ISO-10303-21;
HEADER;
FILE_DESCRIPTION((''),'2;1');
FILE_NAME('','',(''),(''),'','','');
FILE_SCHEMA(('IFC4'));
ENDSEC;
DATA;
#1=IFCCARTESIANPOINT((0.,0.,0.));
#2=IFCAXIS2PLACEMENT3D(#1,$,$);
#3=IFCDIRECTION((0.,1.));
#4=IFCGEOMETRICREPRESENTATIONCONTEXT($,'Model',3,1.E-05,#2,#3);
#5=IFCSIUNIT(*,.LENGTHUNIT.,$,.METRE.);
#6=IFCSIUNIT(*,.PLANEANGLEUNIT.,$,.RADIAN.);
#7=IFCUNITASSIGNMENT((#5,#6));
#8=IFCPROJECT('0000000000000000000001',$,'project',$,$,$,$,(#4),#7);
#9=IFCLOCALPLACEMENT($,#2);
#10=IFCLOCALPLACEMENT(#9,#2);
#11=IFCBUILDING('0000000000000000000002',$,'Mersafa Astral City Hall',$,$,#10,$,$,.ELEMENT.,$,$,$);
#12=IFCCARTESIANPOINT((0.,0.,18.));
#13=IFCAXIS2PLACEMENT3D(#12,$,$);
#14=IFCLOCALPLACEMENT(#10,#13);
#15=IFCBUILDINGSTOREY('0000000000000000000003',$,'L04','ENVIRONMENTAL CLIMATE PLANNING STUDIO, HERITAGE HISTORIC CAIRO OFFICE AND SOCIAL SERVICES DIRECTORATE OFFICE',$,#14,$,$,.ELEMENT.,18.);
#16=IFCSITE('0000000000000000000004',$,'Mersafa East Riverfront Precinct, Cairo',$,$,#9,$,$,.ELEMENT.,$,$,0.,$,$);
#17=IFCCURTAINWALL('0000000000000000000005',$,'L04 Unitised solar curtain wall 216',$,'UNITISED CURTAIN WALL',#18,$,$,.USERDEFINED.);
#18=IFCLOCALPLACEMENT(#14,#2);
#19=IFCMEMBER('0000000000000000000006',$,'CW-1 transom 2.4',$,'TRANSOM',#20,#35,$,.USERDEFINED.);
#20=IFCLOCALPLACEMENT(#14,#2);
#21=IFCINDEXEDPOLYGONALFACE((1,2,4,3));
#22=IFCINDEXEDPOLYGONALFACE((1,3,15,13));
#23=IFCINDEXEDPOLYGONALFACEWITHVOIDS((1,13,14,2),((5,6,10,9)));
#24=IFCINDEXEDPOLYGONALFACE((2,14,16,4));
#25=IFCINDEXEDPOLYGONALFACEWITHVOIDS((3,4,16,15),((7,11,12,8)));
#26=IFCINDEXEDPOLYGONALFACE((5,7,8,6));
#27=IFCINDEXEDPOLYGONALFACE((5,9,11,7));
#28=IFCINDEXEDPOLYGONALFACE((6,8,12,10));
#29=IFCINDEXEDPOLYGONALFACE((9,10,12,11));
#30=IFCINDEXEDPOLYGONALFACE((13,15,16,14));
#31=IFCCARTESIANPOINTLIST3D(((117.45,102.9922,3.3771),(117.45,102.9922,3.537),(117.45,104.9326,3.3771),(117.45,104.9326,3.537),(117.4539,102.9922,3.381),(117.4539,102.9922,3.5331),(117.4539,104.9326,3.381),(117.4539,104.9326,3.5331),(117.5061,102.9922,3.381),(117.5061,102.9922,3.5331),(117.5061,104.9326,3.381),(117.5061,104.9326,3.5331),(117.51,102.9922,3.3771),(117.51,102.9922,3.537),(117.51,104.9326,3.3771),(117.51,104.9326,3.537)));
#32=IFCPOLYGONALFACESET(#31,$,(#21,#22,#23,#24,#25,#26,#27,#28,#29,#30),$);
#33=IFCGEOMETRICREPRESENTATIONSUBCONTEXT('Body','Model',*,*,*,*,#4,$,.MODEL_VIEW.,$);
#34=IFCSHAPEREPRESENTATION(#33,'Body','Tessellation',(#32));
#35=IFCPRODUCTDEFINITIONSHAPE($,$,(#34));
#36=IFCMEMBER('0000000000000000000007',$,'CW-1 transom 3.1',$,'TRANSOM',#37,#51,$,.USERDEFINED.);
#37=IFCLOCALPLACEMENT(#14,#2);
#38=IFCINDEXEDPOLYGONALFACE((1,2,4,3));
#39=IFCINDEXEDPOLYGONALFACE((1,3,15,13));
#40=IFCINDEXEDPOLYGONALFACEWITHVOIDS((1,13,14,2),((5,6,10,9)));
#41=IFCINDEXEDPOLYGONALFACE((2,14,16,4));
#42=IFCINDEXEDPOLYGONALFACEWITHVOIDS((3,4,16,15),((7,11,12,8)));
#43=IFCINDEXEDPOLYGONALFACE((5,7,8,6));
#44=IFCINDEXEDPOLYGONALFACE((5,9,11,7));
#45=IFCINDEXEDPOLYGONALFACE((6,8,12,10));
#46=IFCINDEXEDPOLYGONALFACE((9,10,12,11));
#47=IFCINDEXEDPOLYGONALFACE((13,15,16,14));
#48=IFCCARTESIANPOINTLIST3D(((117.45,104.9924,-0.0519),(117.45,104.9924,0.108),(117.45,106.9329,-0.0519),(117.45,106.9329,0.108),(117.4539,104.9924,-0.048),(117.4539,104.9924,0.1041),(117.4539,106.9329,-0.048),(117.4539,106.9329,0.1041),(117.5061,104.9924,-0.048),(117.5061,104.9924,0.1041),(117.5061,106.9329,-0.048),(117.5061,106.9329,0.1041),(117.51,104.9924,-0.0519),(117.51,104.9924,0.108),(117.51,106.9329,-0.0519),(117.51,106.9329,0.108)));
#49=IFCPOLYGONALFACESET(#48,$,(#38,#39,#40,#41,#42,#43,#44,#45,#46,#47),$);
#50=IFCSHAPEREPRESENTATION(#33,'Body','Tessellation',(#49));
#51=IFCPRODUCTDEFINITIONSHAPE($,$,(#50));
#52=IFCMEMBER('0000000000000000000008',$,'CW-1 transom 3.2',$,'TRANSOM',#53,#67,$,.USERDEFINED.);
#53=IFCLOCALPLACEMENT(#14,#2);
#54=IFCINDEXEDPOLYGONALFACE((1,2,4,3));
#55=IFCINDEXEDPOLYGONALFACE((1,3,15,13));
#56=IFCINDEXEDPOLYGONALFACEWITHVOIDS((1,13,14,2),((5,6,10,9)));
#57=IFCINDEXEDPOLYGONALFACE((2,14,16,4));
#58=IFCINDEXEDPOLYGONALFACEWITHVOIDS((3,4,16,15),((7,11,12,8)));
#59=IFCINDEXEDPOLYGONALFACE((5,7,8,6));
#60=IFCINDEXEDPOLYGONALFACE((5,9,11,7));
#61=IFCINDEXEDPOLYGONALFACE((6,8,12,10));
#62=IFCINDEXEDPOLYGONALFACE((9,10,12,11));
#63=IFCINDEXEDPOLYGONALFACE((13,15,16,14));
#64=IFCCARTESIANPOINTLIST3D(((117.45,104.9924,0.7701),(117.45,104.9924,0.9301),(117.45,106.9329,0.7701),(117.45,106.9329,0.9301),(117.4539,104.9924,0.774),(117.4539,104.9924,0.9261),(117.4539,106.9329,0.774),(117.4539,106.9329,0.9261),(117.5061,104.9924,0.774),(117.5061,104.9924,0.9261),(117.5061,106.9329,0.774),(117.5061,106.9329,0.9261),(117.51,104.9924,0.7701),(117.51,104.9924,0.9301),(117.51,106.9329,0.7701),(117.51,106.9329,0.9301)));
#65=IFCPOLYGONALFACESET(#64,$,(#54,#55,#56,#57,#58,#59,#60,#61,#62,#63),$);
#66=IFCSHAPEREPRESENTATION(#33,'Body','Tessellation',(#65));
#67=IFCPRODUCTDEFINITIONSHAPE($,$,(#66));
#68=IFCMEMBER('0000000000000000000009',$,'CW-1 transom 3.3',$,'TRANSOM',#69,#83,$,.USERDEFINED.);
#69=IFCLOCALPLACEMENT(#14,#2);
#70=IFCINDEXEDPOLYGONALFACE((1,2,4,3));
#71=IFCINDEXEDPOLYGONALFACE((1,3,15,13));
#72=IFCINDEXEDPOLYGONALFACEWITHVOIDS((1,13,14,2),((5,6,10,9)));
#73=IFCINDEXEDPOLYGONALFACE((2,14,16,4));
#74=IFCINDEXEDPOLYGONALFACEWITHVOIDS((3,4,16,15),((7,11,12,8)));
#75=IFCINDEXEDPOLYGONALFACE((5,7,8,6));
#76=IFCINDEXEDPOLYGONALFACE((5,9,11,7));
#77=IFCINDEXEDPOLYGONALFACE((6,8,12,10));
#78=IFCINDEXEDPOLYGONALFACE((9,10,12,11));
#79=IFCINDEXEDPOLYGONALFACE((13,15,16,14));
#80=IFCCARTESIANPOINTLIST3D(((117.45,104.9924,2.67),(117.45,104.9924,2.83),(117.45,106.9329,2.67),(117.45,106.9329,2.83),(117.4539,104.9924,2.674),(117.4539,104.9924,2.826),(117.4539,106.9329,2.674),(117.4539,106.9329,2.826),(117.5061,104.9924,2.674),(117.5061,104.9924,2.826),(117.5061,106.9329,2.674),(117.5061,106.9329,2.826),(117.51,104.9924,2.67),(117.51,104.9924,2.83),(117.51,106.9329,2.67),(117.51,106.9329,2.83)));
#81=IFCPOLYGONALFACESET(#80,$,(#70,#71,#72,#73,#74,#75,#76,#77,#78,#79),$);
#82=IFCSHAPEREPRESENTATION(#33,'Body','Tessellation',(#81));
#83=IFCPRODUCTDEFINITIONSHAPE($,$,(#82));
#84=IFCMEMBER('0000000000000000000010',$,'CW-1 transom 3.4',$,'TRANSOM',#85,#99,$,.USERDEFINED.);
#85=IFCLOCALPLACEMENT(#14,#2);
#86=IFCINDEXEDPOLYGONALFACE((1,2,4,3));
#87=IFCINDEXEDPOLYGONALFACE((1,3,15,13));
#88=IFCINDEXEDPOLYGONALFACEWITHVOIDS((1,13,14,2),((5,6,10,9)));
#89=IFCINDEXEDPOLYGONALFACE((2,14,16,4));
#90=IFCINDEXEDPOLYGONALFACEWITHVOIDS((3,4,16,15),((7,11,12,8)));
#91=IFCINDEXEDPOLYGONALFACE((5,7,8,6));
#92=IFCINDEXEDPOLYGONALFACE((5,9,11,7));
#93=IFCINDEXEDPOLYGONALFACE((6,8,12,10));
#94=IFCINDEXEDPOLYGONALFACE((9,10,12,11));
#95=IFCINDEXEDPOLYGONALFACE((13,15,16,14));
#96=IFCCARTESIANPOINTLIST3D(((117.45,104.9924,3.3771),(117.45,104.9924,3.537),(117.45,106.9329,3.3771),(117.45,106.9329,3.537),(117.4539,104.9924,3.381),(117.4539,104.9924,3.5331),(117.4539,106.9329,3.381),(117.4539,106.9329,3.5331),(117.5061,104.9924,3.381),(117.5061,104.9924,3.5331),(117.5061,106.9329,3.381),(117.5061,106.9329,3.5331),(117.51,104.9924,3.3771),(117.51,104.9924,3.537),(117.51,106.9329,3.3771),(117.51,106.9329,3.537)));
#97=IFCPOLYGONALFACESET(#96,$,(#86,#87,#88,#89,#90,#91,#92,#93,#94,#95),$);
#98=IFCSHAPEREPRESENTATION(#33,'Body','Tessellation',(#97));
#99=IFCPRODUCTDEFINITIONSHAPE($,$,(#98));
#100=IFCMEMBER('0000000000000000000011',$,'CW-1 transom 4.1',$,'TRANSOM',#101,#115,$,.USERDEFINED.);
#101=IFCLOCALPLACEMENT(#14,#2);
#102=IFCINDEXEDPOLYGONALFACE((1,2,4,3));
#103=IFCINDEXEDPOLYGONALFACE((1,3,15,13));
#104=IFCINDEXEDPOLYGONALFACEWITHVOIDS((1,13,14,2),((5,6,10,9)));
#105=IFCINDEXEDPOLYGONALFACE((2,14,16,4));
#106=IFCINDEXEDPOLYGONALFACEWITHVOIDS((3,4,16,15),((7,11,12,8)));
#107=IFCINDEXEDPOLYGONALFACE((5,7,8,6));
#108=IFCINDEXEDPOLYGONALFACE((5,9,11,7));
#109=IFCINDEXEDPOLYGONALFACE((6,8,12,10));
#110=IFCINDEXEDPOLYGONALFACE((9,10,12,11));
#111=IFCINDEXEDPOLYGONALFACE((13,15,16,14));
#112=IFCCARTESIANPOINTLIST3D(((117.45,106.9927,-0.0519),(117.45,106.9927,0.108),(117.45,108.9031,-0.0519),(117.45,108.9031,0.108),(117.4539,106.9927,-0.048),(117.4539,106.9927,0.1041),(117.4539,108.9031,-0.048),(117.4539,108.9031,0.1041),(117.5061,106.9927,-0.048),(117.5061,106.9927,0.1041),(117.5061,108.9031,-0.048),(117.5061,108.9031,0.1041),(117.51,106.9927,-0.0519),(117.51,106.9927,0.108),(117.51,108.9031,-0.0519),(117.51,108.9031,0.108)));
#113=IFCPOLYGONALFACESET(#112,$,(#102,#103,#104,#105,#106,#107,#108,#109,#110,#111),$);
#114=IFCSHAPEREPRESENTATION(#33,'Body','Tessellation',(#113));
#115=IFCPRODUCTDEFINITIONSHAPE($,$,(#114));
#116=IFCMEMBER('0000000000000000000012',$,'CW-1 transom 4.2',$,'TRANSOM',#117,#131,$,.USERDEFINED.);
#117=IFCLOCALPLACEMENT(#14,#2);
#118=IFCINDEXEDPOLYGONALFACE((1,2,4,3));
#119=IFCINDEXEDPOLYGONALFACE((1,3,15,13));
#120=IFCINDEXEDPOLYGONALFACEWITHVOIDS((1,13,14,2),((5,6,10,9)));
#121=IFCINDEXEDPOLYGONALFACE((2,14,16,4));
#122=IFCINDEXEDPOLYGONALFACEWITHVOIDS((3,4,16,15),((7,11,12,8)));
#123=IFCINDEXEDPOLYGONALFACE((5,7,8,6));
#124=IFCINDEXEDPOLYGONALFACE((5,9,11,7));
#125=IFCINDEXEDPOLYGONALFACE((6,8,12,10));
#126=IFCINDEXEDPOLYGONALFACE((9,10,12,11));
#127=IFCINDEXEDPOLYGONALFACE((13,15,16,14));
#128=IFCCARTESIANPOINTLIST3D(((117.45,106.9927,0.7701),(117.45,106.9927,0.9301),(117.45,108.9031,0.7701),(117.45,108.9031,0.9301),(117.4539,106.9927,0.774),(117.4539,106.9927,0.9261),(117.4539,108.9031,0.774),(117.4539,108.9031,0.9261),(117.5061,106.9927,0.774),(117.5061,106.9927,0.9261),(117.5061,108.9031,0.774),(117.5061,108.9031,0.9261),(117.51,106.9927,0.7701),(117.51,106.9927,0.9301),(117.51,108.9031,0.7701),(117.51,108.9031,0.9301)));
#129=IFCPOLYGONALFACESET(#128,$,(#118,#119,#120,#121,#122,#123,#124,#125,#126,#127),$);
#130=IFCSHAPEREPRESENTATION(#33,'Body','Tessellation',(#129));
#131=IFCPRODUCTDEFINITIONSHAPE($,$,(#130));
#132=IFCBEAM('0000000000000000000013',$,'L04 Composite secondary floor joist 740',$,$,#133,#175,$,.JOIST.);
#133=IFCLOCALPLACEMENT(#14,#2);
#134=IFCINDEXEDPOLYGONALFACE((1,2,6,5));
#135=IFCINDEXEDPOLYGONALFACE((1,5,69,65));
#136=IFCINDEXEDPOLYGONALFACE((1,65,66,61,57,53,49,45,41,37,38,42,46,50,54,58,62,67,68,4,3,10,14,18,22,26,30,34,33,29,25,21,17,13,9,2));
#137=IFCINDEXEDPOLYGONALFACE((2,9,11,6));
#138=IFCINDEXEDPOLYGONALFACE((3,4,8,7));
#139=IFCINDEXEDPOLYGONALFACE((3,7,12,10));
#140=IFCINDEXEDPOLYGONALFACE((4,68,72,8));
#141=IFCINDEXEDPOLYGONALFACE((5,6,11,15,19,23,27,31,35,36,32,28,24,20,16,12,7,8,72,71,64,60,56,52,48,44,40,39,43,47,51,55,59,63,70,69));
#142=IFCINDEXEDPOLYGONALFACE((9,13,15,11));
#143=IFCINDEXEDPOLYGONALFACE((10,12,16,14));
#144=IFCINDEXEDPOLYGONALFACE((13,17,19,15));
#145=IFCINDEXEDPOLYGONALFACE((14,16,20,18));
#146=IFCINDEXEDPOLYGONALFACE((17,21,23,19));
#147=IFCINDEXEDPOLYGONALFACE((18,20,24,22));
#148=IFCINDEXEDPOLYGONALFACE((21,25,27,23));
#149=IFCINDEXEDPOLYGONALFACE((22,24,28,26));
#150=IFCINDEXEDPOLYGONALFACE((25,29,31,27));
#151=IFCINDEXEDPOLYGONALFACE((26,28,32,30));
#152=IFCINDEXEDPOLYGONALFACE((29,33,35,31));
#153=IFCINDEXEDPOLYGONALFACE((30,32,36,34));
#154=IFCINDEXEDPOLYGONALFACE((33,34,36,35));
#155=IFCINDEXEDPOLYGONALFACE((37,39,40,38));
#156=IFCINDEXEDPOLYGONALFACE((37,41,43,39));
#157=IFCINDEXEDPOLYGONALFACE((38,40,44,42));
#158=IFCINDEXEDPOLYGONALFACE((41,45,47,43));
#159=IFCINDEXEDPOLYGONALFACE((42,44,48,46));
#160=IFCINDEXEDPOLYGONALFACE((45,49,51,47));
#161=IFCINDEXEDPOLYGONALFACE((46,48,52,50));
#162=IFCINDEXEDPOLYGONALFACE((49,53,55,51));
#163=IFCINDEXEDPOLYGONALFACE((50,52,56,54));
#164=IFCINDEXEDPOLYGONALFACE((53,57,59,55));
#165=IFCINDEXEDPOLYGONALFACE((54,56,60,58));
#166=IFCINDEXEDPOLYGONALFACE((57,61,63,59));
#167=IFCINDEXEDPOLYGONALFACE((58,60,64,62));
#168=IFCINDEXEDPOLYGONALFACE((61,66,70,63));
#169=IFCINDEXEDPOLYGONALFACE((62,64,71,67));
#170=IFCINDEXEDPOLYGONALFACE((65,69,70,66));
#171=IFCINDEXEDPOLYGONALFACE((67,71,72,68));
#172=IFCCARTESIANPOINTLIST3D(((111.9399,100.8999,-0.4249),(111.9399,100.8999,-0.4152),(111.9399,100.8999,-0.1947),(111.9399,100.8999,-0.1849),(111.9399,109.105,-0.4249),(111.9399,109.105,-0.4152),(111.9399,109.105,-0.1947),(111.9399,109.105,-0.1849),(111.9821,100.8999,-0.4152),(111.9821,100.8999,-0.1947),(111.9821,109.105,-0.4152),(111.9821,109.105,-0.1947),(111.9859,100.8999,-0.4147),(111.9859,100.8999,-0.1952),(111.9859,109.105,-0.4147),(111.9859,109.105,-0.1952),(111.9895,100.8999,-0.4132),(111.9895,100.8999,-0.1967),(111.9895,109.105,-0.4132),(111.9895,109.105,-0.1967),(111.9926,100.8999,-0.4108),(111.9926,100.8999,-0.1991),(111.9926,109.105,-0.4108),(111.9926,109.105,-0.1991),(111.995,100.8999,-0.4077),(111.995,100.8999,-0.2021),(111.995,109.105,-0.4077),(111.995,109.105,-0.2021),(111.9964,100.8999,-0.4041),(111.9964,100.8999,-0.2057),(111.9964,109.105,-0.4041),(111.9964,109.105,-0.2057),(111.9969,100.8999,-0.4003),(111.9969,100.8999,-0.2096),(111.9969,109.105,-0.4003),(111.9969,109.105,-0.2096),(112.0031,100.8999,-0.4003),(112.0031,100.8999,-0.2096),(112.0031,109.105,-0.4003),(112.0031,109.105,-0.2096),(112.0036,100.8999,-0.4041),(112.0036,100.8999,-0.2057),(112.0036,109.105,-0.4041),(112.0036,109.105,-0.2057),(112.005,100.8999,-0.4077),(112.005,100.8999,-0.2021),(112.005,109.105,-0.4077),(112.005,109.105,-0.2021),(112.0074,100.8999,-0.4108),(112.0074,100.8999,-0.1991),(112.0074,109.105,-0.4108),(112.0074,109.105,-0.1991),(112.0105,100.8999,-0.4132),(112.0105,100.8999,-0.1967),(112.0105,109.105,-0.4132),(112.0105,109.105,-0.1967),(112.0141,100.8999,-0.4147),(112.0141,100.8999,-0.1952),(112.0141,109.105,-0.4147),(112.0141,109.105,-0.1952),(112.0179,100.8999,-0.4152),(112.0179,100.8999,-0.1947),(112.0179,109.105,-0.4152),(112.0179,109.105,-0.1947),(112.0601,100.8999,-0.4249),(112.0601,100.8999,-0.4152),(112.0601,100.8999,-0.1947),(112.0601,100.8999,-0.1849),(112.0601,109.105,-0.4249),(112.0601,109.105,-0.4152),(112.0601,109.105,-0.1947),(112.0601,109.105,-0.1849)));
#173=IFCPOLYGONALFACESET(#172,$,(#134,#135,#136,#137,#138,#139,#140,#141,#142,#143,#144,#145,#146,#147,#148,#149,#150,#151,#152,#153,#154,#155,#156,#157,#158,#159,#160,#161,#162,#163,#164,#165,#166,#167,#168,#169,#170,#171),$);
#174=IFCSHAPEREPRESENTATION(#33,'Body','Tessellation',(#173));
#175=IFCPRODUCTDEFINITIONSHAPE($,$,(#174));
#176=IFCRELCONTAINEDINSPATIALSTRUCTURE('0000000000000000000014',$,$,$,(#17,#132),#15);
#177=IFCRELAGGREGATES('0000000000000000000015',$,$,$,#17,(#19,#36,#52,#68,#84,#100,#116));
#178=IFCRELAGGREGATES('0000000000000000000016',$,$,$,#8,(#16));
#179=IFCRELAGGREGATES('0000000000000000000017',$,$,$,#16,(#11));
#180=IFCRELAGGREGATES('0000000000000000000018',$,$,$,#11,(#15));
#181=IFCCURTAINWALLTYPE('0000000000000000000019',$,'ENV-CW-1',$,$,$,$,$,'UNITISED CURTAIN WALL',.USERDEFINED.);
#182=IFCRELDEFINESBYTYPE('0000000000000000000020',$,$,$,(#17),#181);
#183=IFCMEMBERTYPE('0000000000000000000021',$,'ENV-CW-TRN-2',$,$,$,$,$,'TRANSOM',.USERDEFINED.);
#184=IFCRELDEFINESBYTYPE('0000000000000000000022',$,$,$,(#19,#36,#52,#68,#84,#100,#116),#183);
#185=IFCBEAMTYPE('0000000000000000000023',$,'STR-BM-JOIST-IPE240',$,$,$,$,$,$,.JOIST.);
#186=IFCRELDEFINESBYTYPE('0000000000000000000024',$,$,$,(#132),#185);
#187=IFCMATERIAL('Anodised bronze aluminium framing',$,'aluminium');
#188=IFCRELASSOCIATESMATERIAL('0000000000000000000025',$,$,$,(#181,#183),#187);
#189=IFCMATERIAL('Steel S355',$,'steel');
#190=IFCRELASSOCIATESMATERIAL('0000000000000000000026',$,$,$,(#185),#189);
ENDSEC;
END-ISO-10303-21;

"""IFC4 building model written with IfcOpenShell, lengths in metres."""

from ifc_helpers import new_model, si_unit, direction, frame, origin, origin_2d, place, context, subcontext, project, spatial, hollow_rectangle, i_section, extrude, material, material_profile, profile_set, type_object, element, aggregate, save


model = new_model("IFC4")

# Units and contexts
model_context = context("Model", 3, precision=1e-05, world=origin(), true_north=direction((0.0, 1.0)))
body_context = subcontext(model_context, "Body", "Model", "MODEL_VIEW")
ifc_project = project(units=[si_unit("LENGTHUNIT", "METRE"), si_unit("PLANEANGLEUNIT", "RADIAN")], contexts=[model_context])

# Site, building, storey
site_placement = place(None, origin())
site = spatial("IfcSite", under=ifc_project, at=site_placement, Name="Mersafa East Riverfront Precinct, Cairo", CompositionType="ELEMENT", RefElevation=0.0)
building_placement = place(site_placement, origin())
building = spatial("IfcBuilding", under=site, at=building_placement, Name="Mersafa Astral City Hall", CompositionType="ELEMENT")
storey_placement = place(building_placement, frame((0.0, 0.0, 18.0)))
storey = spatial("IfcBuildingStorey", under=building, at=storey_placement, Name="L04", Description="ENVIRONMENTAL CLIMATE PLANNING STUDIO, HERITAGE HISTORIC CAIRO OFFICE AND SOCIAL SERVICES DIRECTORATE OFFICE", CompositionType="ELEMENT", Elevation=18.0)

# Curtain wall, members
ifc_material_1 = material(Name="Anodised bronze aluminium framing", Category="aluminium")
curtain_wall_type = type_object("IfcCurtainWallType", Name="ENV-CW-1", ElementType="UNITISED CURTAIN WALL", PredefinedType="USERDEFINED", material=ifc_material_1)
curtain_wall_placement = place(storey_placement, origin())
curtain_wall = element("IfcCurtainWall", 1, at=curtain_wall_placement, inside=storey, type_object=curtain_wall_type, Name="L04 Unitised solar curtain wall 216", ObjectType="UNITISED CURTAIN WALL", PredefinedType="USERDEFINED")
ifc_material_profile_1 = material_profile(ifc_material_1, hollow_rectangle(XDim=0.0601, YDim=0.1599, WallThickness=0.0039, at=origin_2d()), Name="RHS 60x160x4")
ifc_profile_set_1 = profile_set([ifc_material_profile_1], Name="Anodised bronze aluminium framing")
member_type_1 = type_object("IfcMemberType", Name="ENV-CW-TRN-2", ElementType="TRANSOM", PredefinedType="USERDEFINED", material=ifc_profile_set_1)
member_1_placement = place(storey_placement, frame((117.48, 102.9922, 3.457), z_axis=(0.0, 1.0, 0.0), x_axis=(-1.0, 0.0, 0.0)))
member_1 = element("IfcMember", 2, at=member_1_placement, type_object=member_type_1, Name="CW-1 transom 2.4", ObjectType="TRANSOM", PredefinedType="USERDEFINED", context=body_context, shape_type="SweptSolid", body=[
    extrude(hollow_rectangle(XDim=0.0601, YDim=0.1599, WallThickness=0.0039, at=origin_2d()), origin(), (0.0, 0.0, 1.0), 1.9404),
])
member_2_placement = place(storey_placement, frame((117.48, 104.9924, 0.0281), z_axis=(0.0, 1.0, 0.0), x_axis=(-1.0, 0.0, 0.0)))
member_2 = element("IfcMember", 3, at=member_2_placement, type_object=member_type_1, Name="CW-1 transom 3.1", ObjectType="TRANSOM", PredefinedType="USERDEFINED", context=body_context, shape_type="SweptSolid", body=[
    extrude(hollow_rectangle(XDim=0.0601, YDim=0.1599, WallThickness=0.0039, at=origin_2d()), origin(), (0.0, 0.0, 1.0), 1.9404),
])
member_3_placement = place(storey_placement, frame((117.48, 104.9924, 0.8501), z_axis=(0.0, 1.0, 0.0), x_axis=(-1.0, 0.0, 0.0)))
member_3 = element("IfcMember", 4, at=member_3_placement, type_object=member_type_1, Name="CW-1 transom 3.2", ObjectType="TRANSOM", PredefinedType="USERDEFINED", context=body_context, shape_type="SweptSolid", body=[
    extrude(hollow_rectangle(XDim=0.0601, YDim=0.1599, WallThickness=0.0039, at=origin_2d()), origin(), (0.0, 0.0, 1.0), 1.9404),
])
member_4_placement = place(storey_placement, frame((117.48, 104.9924, 2.75), z_axis=(0.0, 1.0, 0.0), x_axis=(-1.0, 0.0, 0.0)))
member_4 = element("IfcMember", 5, at=member_4_placement, type_object=member_type_1, Name="CW-1 transom 3.3", ObjectType="TRANSOM", PredefinedType="USERDEFINED", context=body_context, shape_type="SweptSolid", body=[
    extrude(hollow_rectangle(XDim=0.0601, YDim=0.1599, WallThickness=0.0039, at=origin_2d()), origin(), (0.0, 0.0, 1.0), 1.9404),
])
member_5_placement = place(storey_placement, frame((117.48, 104.9924, 3.457), z_axis=(0.0, 1.0, 0.0), x_axis=(-1.0, 0.0, 0.0)))
member_5 = element("IfcMember", 6, at=member_5_placement, type_object=member_type_1, Name="CW-1 transom 3.4", ObjectType="TRANSOM", PredefinedType="USERDEFINED", context=body_context, shape_type="SweptSolid", body=[
    extrude(hollow_rectangle(XDim=0.0601, YDim=0.1599, WallThickness=0.0039, at=origin_2d()), origin(), (0.0, 0.0, 1.0), 1.9404),
])
member_6_placement = place(storey_placement, frame((117.48, 106.9927, 0.0281), z_axis=(0.0, 1.0, 0.0), x_axis=(-1.0, 0.0, 0.0)))
member_6 = element("IfcMember", 7, at=member_6_placement, type_object=member_type_1, Name="CW-1 transom 4.1", ObjectType="TRANSOM", PredefinedType="USERDEFINED", context=body_context, shape_type="SweptSolid", body=[
    extrude(hollow_rectangle(XDim=0.0601, YDim=0.1599, WallThickness=0.0039, at=origin_2d()), origin(), (0.0, 0.0, 1.0), 1.9104),
])
member_7_placement = place(storey_placement, frame((117.48, 106.9927, 0.8501), z_axis=(0.0, 1.0, 0.0), x_axis=(-1.0, 0.0, 0.0)))
member_7 = element("IfcMember", 8, at=member_7_placement, type_object=member_type_1, Name="CW-1 transom 4.2", ObjectType="TRANSOM", PredefinedType="USERDEFINED", context=body_context, shape_type="SweptSolid", body=[
    extrude(hollow_rectangle(XDim=0.0601, YDim=0.1599, WallThickness=0.0039, at=origin_2d()), origin(), (0.0, 0.0, 1.0), 1.9104),
])

# Beam
ifc_material_2 = material(Name="Steel S355", Category="steel")
ifc_material_profile_2 = material_profile(ifc_material_2, i_section(OverallWidth=0.1201, OverallDepth=0.24, WebThickness=0.0061, FlangeThickness=0.0098, FilletRadius=0.0149, at=origin_2d()), Name="IPE 240")
ifc_profile_set_2 = profile_set([ifc_material_profile_2], Name="Steel S355")
beam_type_1 = type_object("IfcBeamType", Name="STR-BM-JOIST-IPE240", PredefinedType="JOIST", material=ifc_profile_set_2)
for number, where, z_axis, x_axis, name in (
    (9, (112.0, 100.8999, -0.3049), (0.0, 1.0, 0.0), (-1.0, 0.0, 0.0), "L04 Composite secondary floor joist 740"),
):
    element("IfcBeam", number, at=place(storey_placement, frame(where, z_axis=z_axis, x_axis=x_axis)), inside=storey, type_object=beam_type_1, Name=name, PredefinedType="JOIST", context=body_context, shape_type="SweptSolid", body=[
        extrude(i_section(OverallWidth=0.1201, OverallDepth=0.24, WebThickness=0.0061, FlangeThickness=0.0098, FilletRadius=0.0149, at=origin_2d()), origin(), (0.0, 0.0, 1.0), 8.2051),
    ])

aggregate(curtain_wall, [member_1, member_2, member_3, member_4, member_5, member_6, member_7])

save(model, "model.ifc")
